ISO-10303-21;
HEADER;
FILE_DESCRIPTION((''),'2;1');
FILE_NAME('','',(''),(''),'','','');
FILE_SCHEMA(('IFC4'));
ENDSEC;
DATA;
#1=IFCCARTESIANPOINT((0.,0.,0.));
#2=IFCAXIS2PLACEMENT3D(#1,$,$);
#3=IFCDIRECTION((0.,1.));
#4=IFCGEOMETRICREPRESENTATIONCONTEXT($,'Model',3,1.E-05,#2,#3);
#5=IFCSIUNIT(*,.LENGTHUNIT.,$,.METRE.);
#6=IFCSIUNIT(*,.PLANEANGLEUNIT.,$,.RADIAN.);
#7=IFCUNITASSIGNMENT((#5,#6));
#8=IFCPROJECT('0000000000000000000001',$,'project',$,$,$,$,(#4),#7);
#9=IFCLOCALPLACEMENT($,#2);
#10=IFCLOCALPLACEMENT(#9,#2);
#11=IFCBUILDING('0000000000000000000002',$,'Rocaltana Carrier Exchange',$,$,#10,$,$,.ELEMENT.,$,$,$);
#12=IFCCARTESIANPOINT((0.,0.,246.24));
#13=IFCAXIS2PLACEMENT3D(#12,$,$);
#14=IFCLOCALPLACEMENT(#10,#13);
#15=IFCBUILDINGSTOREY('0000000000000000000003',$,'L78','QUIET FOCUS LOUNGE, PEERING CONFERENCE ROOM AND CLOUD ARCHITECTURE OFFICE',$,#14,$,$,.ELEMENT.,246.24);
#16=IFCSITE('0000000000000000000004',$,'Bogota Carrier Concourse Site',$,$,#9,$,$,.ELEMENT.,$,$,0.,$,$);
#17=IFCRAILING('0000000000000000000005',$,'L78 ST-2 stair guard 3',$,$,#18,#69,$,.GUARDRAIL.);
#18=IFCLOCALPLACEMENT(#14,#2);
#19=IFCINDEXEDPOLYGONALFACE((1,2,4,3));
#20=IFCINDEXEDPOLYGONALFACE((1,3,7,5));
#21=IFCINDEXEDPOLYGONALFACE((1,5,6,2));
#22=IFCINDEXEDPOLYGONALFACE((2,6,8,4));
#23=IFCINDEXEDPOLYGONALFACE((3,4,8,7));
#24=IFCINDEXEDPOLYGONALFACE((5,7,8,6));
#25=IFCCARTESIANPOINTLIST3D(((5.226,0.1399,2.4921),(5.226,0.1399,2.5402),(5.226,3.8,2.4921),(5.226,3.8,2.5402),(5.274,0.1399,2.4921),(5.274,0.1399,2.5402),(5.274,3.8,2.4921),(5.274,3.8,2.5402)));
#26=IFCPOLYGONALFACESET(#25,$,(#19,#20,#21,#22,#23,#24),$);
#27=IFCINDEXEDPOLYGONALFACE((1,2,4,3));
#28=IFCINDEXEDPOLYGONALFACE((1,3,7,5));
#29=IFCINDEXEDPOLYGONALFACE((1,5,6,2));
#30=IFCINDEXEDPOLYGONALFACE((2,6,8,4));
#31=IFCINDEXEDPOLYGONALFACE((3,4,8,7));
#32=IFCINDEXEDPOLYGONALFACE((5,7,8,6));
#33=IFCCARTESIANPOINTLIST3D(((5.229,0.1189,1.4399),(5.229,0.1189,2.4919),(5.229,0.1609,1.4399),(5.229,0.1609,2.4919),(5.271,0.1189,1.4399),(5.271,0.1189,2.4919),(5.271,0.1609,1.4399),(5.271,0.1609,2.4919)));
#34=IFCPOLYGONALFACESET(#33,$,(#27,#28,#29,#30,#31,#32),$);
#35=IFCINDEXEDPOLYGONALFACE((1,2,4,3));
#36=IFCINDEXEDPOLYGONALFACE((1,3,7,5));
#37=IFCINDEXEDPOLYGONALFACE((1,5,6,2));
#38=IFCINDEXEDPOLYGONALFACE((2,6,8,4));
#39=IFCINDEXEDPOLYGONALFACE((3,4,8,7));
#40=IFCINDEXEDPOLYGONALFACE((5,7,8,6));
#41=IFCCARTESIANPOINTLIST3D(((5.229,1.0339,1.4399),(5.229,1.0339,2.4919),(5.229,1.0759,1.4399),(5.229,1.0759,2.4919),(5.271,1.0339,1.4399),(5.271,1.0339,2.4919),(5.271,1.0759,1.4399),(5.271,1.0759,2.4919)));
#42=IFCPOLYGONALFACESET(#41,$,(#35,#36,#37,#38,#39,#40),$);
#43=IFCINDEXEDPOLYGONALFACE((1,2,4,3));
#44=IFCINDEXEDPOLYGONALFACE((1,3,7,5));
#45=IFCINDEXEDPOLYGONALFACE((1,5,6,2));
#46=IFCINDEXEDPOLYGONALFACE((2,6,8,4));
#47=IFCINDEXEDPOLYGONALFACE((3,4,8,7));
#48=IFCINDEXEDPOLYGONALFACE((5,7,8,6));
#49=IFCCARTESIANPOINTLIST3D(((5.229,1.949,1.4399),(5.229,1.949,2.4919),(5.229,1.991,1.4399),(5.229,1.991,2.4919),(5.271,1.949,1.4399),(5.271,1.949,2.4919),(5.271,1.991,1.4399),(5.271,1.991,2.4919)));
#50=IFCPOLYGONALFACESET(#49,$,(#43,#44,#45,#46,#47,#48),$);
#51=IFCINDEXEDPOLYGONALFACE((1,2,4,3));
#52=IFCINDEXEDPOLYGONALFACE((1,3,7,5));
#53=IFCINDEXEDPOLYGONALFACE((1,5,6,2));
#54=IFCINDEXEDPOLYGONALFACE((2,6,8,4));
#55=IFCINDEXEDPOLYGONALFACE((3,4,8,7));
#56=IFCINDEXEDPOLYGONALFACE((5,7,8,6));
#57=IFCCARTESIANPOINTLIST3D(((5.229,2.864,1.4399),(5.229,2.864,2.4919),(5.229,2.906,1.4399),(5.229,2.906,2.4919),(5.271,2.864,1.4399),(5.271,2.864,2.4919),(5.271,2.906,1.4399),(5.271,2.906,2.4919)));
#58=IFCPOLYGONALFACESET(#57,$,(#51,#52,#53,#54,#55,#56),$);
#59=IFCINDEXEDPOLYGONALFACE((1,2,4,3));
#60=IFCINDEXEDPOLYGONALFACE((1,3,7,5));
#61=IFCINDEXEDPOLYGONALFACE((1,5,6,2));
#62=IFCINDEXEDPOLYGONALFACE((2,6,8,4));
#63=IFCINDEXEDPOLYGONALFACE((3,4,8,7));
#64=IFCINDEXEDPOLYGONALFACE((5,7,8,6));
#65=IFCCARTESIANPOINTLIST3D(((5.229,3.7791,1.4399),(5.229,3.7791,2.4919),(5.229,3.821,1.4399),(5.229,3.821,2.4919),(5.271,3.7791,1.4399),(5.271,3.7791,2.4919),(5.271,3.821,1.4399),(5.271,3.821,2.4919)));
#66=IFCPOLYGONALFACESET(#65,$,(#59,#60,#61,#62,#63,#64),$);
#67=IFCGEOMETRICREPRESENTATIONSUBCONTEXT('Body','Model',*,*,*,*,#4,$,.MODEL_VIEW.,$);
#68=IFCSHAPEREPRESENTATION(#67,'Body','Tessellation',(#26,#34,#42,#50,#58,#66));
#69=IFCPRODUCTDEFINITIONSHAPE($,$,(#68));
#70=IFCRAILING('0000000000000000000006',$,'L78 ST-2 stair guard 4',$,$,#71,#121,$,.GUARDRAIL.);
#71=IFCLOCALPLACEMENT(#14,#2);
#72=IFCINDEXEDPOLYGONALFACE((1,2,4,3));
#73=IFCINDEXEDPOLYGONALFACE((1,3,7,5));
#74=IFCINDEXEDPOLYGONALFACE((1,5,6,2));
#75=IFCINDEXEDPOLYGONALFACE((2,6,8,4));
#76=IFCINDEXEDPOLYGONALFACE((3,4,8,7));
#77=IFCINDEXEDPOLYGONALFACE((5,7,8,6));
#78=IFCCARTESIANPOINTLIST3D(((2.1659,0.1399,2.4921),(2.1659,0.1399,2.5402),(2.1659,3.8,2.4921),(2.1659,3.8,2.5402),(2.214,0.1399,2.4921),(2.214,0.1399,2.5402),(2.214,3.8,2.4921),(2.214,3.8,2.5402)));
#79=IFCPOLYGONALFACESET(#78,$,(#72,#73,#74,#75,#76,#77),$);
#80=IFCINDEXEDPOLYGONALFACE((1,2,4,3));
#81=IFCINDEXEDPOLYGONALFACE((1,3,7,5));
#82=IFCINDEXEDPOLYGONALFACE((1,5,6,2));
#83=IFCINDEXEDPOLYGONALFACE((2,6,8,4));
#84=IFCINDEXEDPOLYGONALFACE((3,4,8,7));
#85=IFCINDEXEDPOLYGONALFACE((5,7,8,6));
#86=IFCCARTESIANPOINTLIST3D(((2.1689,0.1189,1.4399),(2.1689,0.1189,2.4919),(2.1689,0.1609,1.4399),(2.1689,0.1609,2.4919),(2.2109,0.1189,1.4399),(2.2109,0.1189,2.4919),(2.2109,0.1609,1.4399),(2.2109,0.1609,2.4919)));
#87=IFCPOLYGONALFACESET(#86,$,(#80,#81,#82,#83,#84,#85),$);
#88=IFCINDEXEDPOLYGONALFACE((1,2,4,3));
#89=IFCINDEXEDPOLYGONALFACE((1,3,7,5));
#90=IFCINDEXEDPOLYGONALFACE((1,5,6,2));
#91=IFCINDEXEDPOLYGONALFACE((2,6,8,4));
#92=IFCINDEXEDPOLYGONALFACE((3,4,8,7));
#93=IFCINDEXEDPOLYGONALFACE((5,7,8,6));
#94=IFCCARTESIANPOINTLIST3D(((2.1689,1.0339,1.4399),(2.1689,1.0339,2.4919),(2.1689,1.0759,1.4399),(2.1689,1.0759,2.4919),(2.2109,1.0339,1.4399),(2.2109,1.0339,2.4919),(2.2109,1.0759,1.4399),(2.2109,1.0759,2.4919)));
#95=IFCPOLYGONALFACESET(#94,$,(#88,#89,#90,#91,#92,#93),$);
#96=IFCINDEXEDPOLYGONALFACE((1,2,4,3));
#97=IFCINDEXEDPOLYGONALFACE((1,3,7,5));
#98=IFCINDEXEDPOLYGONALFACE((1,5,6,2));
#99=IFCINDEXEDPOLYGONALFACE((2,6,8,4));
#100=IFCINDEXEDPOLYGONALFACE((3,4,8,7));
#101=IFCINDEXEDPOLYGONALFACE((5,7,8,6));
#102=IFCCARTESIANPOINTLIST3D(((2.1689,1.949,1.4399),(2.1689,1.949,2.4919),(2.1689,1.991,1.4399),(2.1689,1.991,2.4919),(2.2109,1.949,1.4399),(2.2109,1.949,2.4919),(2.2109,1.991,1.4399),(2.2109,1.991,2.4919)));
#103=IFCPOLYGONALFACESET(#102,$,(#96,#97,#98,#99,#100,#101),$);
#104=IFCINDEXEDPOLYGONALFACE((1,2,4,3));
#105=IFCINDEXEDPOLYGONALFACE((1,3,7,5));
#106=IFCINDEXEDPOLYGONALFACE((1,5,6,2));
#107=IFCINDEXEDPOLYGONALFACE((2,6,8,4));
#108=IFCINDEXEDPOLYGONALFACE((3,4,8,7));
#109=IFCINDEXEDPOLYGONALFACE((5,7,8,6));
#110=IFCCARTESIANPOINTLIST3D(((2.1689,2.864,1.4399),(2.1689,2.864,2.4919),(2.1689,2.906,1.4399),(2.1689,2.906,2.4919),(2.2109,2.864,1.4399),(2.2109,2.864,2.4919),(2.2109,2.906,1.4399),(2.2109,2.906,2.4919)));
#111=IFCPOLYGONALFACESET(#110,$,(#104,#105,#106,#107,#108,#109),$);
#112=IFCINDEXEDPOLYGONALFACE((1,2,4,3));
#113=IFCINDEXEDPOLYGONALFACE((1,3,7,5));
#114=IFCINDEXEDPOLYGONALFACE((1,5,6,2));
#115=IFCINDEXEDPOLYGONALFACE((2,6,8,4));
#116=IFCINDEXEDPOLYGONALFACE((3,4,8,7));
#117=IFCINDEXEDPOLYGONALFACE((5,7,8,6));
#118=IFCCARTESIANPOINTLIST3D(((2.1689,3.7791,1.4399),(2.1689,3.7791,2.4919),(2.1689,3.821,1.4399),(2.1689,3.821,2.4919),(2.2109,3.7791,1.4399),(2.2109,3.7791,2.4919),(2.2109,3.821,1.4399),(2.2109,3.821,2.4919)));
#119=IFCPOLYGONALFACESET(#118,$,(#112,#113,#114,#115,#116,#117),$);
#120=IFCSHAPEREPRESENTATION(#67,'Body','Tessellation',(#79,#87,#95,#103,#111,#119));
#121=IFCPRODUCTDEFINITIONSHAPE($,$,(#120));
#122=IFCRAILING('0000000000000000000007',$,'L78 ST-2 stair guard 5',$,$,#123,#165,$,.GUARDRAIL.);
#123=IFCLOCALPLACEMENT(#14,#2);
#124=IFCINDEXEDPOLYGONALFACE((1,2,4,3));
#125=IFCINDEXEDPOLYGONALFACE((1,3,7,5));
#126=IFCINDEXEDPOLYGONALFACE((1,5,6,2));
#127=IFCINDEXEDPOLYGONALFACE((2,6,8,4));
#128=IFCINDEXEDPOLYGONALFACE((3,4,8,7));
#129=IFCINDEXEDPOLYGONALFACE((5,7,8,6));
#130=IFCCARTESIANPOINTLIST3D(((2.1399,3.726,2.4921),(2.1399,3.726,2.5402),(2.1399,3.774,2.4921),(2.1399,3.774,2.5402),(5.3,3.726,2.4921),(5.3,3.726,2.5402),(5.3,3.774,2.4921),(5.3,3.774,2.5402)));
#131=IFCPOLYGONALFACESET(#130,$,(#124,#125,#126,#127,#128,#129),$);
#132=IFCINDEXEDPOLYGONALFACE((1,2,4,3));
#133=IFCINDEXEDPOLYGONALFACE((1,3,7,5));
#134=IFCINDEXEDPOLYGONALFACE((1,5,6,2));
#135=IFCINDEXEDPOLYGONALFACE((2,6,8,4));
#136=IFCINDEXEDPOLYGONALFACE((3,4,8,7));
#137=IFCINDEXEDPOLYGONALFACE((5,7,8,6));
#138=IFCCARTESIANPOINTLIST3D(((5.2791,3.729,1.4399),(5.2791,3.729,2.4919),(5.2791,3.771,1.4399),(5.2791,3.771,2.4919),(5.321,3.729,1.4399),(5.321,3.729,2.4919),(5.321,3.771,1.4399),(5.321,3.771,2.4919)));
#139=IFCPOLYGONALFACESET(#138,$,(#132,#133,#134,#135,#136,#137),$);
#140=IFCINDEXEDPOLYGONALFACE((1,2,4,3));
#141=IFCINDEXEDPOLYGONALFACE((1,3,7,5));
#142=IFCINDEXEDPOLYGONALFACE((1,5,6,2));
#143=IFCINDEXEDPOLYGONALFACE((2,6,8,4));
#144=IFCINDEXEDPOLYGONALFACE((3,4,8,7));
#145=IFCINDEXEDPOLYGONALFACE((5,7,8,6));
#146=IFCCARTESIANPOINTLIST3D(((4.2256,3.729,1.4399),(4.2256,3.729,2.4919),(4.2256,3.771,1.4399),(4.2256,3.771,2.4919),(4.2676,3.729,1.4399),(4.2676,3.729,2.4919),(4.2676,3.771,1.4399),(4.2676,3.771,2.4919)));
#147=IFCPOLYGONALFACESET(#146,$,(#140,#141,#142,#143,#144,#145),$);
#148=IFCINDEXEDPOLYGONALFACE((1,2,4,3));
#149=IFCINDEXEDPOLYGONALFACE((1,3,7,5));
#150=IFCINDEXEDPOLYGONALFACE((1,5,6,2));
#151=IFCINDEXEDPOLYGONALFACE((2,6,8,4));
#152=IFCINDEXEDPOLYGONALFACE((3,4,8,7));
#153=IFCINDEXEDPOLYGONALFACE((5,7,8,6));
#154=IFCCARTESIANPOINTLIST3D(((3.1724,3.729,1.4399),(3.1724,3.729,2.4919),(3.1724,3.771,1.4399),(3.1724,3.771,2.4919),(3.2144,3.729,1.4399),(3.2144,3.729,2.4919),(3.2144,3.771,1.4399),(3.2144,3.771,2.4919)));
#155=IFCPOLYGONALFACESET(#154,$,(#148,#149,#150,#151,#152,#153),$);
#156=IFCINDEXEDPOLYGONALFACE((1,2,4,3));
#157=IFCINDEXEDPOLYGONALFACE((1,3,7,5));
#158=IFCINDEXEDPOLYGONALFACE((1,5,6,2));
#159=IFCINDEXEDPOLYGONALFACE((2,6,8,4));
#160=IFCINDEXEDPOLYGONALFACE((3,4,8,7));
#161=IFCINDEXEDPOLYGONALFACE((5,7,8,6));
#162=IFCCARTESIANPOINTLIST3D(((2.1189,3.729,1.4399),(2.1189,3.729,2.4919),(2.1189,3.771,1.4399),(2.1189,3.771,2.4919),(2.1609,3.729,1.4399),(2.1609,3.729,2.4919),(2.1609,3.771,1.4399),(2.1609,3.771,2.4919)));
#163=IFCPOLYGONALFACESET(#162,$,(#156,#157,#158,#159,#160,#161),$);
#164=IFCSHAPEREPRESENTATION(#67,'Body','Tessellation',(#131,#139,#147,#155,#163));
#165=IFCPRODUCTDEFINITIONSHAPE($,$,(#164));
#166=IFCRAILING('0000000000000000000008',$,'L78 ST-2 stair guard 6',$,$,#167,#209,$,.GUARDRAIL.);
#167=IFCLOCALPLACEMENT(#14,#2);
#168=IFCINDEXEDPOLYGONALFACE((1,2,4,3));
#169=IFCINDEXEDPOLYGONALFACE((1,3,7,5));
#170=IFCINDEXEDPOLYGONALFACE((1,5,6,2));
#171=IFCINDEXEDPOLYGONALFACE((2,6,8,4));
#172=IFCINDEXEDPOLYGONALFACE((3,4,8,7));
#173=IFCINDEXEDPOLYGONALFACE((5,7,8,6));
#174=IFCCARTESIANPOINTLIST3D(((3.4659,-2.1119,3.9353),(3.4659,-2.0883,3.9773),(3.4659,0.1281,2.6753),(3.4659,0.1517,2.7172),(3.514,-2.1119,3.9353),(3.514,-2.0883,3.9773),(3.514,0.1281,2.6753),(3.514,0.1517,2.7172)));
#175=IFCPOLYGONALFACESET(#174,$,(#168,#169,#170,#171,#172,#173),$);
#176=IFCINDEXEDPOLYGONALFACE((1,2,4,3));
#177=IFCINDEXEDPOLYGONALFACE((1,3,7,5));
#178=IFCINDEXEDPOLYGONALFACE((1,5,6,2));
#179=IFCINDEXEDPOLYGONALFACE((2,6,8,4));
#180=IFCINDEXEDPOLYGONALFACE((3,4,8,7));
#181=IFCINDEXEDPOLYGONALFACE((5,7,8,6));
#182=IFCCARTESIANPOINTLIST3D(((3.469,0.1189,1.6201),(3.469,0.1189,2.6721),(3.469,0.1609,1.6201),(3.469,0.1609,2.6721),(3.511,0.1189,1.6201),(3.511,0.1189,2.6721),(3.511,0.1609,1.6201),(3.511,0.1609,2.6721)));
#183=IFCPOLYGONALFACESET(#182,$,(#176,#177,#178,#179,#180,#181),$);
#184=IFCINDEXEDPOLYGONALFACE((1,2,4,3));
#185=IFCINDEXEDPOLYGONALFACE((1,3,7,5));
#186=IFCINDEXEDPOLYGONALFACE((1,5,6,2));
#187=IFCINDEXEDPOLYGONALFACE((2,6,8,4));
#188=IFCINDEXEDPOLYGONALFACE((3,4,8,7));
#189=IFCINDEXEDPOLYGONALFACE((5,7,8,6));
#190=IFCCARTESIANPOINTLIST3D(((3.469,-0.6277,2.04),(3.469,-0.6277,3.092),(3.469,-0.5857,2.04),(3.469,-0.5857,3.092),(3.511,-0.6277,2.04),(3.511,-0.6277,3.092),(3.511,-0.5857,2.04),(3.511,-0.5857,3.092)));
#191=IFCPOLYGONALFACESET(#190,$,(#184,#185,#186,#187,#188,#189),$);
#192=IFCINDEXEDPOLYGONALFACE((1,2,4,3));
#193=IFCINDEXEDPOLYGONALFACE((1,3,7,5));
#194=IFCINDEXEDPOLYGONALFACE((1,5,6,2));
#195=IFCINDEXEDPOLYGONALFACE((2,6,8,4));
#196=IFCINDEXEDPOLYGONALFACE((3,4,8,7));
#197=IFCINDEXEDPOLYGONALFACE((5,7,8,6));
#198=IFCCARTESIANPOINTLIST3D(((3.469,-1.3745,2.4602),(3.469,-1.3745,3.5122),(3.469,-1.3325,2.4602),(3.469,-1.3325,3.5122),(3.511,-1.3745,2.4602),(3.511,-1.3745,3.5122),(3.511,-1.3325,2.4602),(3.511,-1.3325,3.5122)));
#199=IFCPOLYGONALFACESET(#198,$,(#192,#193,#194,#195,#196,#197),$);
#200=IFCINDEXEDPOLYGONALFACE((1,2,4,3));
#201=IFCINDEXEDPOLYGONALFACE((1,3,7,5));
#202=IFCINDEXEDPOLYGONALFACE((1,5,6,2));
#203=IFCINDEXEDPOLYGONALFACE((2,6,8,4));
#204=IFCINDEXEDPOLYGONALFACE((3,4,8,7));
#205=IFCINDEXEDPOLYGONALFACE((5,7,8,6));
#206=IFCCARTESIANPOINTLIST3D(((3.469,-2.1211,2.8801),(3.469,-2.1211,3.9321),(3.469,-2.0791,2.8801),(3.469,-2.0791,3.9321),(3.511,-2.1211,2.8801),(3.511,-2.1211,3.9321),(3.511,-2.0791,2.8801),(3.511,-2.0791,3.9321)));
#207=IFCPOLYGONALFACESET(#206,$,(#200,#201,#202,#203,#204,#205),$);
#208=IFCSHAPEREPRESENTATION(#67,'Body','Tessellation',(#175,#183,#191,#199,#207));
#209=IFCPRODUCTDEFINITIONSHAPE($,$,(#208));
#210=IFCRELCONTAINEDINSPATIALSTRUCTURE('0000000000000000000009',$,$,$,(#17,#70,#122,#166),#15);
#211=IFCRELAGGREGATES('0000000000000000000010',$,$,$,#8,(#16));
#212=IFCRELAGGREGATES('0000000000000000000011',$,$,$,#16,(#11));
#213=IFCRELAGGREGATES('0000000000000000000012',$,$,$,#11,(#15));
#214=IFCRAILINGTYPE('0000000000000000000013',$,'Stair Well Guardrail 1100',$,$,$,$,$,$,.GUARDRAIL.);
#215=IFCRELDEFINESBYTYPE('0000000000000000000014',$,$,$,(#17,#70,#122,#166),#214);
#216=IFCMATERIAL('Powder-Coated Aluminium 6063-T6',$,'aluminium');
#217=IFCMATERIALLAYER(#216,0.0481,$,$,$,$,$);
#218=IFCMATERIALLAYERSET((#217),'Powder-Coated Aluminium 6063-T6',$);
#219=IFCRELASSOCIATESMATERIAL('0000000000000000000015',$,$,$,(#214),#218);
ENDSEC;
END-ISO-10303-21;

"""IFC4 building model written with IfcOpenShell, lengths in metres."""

from ifc_helpers import new_model, si_unit, direction, frame, origin, origin_2d, place, context, subcontext, project, spatial, rectangle, extrude, material, layer, layer_set, type_object, element, save


model = new_model("IFC4")

# Units and contexts
model_context = context("Model", 3, precision=1e-05, world=origin(), true_north=direction((0.0, 1.0)))
body_context = subcontext(model_context, "Body", "Model", "MODEL_VIEW")
ifc_project = project(units=[si_unit("LENGTHUNIT", "METRE"), si_unit("PLANEANGLEUNIT", "RADIAN")], contexts=[model_context])

# Site, building, storey
site_placement = place(None, origin())
site = spatial("IfcSite", under=ifc_project, at=site_placement, Name="Bogota Carrier Concourse Site", CompositionType="ELEMENT", RefElevation=0.0)
building_placement = place(site_placement, origin())
building = spatial("IfcBuilding", under=site, at=building_placement, Name="Rocaltana Carrier Exchange", CompositionType="ELEMENT")
storey_placement = place(building_placement, frame((0.0, 0.0, 246.24)))
storey = spatial("IfcBuildingStorey", under=building, at=storey_placement, Name="L78", Description="QUIET FOCUS LOUNGE, PEERING CONFERENCE ROOM AND CLOUD ARCHITECTURE OFFICE", CompositionType="ELEMENT", Elevation=246.24)

# Railings
ifc_material_1 = material(Name="Powder-Coated Aluminium 6063-T6", Category="aluminium")
ifc_layer_1 = layer(ifc_material_1, 0.0481)
ifc_layer_set_1 = layer_set([ifc_layer_1], Name="Powder-Coated Aluminium 6063-T6")
railing_type_1 = type_object("IfcRailingType", Name="Stair Well Guardrail 1100", PredefinedType="GUARDRAIL", material=ifc_layer_set_1)
for number, where, name in (
    (1, (5.25, 0.1399, 1.4399), "L78 ST-2 stair guard 3"),
    (2, (2.1899, 0.1399, 1.4399), "L78 ST-2 stair guard 4"),
):
    element("IfcRailing", number, at=place(storey_placement, frame(where)), inside=storey, type_object=railing_type_1, Name=name, PredefinedType="GUARDRAIL", context=body_context, shape_type="SweptSolid", body=[
        extrude(rectangle(XDim=0.0481, YDim=0.0481, at=origin_2d()), frame((0.0, 0.0, 1.0762), z_axis=(0.0, 1.0, 0.0), x_axis=(-1.0, 0.0, 0.0)), (0.0, 0.0, 1.0), 3.6602),
        extrude(rectangle(XDim=0.042, YDim=0.042, at=origin_2d()), origin(), (0.0, 0.0, 1.0), 1.052),
        extrude(rectangle(XDim=0.042, YDim=0.042, at=origin_2d()), frame((0.0, 0.915, 0.0)), (0.0, 0.0, 1.0), 1.052),
        extrude(rectangle(XDim=0.042, YDim=0.042, at=origin_2d()), frame((0.0, 1.8301, 0.0)), (0.0, 0.0, 1.0), 1.052),
        extrude(rectangle(XDim=0.042, YDim=0.042, at=origin_2d()), frame((0.0, 2.7451, 0.0)), (0.0, 0.0, 1.0), 1.052),
        extrude(rectangle(XDim=0.042, YDim=0.042, at=origin_2d()), frame((0.0, 3.6602, 0.0)), (0.0, 0.0, 1.0), 1.052),
    ])
railing_1_placement = place(storey_placement, frame((5.3, 3.75, 1.4399)))
element("IfcRailing", 3, at=railing_1_placement, inside=storey, type_object=railing_type_1, Name="L78 ST-2 stair guard 5", PredefinedType="GUARDRAIL", context=body_context, shape_type="SweptSolid", body=[
    extrude(rectangle(XDim=0.0481, YDim=0.0481, at=origin_2d()), frame((0.0, 0.0, 1.0762), z_axis=(-1.0, 0.0, 0.0), x_axis=(0.0, -1.0, 0.0)), (0.0, 0.0, 1.0), 3.1602),
    extrude(rectangle(XDim=0.042, YDim=0.042, at=origin_2d()), origin(), (0.0, 0.0, 1.0), 1.052),
    extrude(rectangle(XDim=0.042, YDim=0.042, at=origin_2d()), frame((-1.0535, 0.0, 0.0)), (0.0, 0.0, 1.0), 1.052),
    extrude(rectangle(XDim=0.042, YDim=0.042, at=origin_2d()), frame((-2.1067, 0.0, 0.0)), (0.0, 0.0, 1.0), 1.052),
    extrude(rectangle(XDim=0.042, YDim=0.042, at=origin_2d()), frame((-3.1602, 0.0, 0.0)), (0.0, 0.0, 1.0), 1.052),
])
railing_2_placement = place(storey_placement, frame((3.49, 0.1399, 1.6201)))
element("IfcRailing", 4, at=railing_2_placement, inside=storey, type_object=railing_type_1, Name="L78 ST-2 stair guard 6", PredefinedType="GUARDRAIL", context=body_context, shape_type="SweptSolid", body=[
    extrude(rectangle(XDim=0.0481, YDim=0.0481, at=origin_2d()), frame((0.0, 0.0, 1.0762), z_axis=(0.0, -0.871573, 0.490266), x_axis=(1.0, 0.0, 0.0)), (0.0, 0.0, 1.0), 2.5701),
    extrude(rectangle(XDim=0.042, YDim=0.042, at=origin_2d()), origin(), (0.0, 0.0, 1.0), 1.052),
    extrude(rectangle(XDim=0.042, YDim=0.042, at=origin_2d()), frame((0.0, -0.7466, 0.4199)), (0.0, 0.0, 1.0), 1.052),
    extrude(rectangle(XDim=0.042, YDim=0.042, at=origin_2d()), frame((0.0, -1.4934, 0.8401)), (0.0, 0.0, 1.0), 1.052),
    extrude(rectangle(XDim=0.042, YDim=0.042, at=origin_2d()), frame((0.0, -2.24, 1.26)), (0.0, 0.0, 1.0), 1.052),
])

save(model, "model.ifc")
